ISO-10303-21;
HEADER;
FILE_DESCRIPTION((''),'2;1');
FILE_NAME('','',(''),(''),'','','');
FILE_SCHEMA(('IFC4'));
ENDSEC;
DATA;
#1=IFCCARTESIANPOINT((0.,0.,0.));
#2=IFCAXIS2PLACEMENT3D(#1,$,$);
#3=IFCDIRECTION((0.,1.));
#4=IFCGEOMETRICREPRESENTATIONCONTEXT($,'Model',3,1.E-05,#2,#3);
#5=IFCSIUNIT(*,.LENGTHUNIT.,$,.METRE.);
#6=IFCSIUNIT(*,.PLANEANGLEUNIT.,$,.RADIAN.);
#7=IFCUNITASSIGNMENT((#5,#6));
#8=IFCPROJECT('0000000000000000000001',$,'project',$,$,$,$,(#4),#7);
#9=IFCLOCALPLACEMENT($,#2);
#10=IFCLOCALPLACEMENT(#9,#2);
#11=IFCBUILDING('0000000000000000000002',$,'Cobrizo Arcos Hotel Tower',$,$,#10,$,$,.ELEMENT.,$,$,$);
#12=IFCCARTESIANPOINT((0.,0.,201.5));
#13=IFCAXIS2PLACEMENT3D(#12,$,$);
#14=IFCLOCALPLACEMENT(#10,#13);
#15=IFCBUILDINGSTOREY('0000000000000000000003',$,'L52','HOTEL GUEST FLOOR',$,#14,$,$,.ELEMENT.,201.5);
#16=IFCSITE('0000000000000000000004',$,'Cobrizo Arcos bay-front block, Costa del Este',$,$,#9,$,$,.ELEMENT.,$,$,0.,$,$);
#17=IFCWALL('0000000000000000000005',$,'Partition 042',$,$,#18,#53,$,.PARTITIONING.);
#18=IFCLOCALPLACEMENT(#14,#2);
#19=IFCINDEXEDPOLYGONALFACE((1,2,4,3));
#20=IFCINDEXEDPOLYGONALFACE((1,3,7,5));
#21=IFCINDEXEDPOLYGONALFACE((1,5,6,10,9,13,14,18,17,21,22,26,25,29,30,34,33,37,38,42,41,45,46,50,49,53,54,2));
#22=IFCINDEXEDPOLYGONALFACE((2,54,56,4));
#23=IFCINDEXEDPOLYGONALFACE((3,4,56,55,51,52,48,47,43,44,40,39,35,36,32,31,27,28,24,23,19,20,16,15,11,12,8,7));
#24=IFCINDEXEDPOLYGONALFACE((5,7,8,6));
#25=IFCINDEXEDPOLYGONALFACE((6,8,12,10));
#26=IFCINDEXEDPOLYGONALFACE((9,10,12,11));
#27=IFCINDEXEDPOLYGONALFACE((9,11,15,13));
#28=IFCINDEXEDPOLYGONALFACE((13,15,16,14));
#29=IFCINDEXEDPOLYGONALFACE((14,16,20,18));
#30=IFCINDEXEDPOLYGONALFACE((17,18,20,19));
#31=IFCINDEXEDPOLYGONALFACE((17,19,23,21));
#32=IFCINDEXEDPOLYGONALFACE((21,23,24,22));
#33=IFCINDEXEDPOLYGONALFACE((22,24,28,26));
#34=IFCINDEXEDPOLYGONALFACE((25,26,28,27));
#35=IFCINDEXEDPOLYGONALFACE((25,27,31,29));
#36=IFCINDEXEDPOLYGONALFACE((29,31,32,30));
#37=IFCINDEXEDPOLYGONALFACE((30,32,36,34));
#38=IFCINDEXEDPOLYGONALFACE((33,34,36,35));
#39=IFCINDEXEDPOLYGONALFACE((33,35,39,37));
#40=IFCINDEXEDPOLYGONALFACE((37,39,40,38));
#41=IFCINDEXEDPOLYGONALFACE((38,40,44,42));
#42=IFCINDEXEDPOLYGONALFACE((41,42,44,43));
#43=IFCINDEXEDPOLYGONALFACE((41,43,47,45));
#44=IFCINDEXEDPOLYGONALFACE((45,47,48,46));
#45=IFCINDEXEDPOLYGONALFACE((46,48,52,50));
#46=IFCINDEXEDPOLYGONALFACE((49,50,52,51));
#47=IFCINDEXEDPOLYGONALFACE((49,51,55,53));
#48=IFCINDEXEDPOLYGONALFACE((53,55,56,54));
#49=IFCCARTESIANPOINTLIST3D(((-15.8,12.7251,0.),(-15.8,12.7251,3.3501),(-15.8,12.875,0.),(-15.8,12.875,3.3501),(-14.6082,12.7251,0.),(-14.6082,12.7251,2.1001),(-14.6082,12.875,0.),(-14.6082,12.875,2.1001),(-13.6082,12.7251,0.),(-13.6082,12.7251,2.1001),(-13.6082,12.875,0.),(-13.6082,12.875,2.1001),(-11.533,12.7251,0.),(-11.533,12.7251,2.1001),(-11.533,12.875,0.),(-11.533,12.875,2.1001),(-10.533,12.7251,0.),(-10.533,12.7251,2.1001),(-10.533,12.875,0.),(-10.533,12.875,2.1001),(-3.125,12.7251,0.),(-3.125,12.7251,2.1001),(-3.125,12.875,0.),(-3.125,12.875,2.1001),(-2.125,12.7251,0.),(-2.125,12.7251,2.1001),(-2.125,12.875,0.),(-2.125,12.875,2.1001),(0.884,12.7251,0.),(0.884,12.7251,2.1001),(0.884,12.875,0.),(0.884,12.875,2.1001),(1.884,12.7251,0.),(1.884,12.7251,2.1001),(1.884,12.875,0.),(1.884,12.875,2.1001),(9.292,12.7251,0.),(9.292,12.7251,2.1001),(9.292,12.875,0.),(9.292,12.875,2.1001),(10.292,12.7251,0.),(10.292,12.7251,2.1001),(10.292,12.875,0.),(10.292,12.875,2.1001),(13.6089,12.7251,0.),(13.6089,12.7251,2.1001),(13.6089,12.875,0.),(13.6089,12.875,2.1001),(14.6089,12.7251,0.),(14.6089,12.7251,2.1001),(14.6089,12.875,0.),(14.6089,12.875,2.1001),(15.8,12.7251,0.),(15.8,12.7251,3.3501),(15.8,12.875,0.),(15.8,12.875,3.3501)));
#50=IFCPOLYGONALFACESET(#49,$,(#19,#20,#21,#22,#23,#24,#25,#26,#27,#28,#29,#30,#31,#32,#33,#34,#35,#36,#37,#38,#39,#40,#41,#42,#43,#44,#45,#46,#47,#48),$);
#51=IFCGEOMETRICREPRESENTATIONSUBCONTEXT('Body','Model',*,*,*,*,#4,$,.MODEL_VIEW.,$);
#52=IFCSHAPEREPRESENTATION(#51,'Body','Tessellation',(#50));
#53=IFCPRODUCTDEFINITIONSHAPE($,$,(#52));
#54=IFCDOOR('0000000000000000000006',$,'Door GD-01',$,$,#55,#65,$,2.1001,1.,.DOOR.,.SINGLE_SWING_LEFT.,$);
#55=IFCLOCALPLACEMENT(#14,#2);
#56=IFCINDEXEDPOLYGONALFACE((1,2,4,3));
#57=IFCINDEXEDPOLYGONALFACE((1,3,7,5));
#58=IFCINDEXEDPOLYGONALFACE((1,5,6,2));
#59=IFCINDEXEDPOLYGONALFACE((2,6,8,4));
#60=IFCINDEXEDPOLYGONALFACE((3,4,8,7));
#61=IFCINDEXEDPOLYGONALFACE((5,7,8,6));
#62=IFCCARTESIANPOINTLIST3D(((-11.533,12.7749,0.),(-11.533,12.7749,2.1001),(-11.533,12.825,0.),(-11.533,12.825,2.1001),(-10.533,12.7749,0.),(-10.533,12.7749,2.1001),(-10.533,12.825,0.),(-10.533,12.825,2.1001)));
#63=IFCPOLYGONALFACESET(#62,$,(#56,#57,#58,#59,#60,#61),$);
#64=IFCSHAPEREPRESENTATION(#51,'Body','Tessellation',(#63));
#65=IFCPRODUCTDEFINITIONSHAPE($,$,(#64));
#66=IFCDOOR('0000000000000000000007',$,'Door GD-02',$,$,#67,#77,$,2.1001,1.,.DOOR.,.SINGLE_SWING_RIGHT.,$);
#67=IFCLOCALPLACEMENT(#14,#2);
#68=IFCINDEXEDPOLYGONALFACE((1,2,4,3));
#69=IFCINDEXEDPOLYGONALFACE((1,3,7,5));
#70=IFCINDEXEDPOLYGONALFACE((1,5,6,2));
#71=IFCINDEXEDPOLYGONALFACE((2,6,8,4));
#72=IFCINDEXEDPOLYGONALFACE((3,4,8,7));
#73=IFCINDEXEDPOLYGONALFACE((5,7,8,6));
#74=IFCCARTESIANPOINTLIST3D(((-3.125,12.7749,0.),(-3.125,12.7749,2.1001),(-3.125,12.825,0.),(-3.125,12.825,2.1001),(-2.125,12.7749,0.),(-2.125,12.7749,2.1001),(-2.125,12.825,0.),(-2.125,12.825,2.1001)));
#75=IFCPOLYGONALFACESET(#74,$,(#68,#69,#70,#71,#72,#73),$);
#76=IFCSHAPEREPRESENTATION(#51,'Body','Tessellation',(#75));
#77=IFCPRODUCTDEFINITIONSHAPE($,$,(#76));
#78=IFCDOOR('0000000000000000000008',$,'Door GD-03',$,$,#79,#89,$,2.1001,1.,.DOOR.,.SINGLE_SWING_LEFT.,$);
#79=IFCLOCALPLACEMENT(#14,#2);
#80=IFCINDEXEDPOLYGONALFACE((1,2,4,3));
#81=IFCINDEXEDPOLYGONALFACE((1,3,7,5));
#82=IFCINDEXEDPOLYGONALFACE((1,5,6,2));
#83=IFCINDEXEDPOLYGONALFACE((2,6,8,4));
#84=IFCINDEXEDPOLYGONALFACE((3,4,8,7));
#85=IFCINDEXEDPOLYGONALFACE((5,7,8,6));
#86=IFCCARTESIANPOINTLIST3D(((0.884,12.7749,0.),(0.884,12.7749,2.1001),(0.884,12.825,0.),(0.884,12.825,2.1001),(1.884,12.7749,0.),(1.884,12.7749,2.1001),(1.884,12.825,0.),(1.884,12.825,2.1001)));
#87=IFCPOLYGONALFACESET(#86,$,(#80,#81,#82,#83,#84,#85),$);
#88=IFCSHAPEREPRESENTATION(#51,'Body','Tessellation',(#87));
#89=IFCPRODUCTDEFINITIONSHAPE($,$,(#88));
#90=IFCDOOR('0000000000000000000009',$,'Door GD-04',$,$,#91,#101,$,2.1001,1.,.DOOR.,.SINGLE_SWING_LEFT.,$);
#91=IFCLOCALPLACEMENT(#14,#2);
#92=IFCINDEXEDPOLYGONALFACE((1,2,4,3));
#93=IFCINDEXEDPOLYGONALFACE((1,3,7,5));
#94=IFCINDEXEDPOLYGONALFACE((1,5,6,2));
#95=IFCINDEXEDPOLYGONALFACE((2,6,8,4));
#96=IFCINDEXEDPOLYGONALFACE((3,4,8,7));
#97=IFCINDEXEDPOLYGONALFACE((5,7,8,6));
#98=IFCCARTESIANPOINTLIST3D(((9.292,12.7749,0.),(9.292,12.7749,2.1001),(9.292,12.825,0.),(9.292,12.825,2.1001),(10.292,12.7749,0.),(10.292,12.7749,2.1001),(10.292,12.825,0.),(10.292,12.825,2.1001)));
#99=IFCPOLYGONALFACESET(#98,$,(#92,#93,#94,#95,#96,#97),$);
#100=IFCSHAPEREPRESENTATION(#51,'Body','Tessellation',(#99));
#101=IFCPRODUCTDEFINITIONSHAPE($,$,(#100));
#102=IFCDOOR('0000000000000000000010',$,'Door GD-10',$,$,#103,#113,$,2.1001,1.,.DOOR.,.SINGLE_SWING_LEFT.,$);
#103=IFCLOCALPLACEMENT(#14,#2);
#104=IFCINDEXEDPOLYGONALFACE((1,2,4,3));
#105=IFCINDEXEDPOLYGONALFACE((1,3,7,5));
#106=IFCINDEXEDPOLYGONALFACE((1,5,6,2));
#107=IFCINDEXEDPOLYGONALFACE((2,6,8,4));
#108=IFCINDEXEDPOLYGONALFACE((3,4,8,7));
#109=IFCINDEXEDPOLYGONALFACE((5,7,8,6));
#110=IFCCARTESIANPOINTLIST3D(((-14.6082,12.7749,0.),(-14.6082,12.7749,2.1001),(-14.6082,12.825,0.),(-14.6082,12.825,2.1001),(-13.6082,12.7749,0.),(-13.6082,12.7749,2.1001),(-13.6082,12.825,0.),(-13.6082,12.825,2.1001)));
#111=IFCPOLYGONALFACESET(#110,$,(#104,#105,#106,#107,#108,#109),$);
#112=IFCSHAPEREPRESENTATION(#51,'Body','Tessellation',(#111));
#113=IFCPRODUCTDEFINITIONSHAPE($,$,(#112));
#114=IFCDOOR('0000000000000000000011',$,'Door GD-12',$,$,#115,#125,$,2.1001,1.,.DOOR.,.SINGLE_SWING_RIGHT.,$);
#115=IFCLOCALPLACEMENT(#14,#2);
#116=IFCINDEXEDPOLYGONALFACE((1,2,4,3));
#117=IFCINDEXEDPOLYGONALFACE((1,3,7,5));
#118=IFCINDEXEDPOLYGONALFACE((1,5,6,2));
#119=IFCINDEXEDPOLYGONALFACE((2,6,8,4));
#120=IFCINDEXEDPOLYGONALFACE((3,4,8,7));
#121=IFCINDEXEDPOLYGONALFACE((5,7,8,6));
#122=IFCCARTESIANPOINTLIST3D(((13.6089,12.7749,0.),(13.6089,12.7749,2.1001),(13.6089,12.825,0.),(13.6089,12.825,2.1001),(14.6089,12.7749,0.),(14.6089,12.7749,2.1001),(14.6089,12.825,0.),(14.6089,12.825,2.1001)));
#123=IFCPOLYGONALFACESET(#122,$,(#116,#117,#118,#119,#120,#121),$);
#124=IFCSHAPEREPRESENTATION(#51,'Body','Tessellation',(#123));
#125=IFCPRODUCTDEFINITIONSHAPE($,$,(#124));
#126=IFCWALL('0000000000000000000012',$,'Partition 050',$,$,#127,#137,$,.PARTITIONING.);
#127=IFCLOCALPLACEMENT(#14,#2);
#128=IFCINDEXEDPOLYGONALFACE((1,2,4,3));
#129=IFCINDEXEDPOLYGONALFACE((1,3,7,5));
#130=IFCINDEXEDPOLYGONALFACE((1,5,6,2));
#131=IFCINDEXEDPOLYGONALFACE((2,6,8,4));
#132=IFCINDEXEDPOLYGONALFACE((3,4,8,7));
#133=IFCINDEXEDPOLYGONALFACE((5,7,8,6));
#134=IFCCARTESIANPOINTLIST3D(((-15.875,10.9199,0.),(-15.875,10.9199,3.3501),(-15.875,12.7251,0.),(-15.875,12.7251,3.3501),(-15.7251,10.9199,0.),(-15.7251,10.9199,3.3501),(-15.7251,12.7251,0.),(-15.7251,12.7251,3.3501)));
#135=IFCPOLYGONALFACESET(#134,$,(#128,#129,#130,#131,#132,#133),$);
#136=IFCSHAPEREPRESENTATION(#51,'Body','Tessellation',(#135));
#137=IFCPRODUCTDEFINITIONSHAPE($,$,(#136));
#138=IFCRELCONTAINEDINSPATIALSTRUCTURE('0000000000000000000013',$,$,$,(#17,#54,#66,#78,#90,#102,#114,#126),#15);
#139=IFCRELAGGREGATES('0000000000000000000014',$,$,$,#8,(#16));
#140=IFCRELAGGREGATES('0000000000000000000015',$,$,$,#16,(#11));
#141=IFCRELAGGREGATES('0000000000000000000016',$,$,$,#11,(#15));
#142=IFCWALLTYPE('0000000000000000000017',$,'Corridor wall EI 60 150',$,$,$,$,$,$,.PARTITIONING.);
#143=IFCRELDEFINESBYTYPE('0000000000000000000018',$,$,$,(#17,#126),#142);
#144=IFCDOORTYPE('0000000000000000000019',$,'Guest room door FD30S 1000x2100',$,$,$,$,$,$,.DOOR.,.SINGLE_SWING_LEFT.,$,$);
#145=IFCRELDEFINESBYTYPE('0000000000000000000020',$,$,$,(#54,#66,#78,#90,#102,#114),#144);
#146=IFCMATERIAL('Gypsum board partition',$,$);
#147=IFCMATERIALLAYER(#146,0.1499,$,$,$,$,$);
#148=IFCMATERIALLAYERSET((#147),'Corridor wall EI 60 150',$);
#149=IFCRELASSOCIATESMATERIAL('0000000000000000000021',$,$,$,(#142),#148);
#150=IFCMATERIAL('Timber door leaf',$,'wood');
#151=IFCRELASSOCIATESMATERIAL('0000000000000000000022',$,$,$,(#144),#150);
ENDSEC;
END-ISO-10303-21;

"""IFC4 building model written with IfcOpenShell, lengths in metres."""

from ifc_helpers import new_model, si_unit, direction, frame, frame_2d, origin, place, context, subcontext, project, spatial, rectangle, extrude, material, layer, layer_set, type_object, element, fill, save


model = new_model("IFC4")

# Units and contexts
model_context = context("Model", 3, precision=1e-05, world=origin(), true_north=direction((0.0, 1.0)))
body_context = subcontext(model_context, "Body", "Model", "MODEL_VIEW")
ifc_project = project(units=[si_unit("LENGTHUNIT", "METRE"), si_unit("PLANEANGLEUNIT", "RADIAN")], contexts=[model_context])

# Site, building, storey
site_placement = place(None, origin())
site = spatial("IfcSite", under=ifc_project, at=site_placement, Name="Cobrizo Arcos bay-front block, Costa del Este", CompositionType="ELEMENT", RefElevation=0.0)
building_placement = place(site_placement, origin())
building = spatial("IfcBuilding", under=site, at=building_placement, Name="Cobrizo Arcos Hotel Tower", CompositionType="ELEMENT")
storey_placement = place(building_placement, frame((0.0, 0.0, 201.5)))
storey = spatial("IfcBuildingStorey", under=building, at=storey_placement, Name="L52", Description="HOTEL GUEST FLOOR", CompositionType="ELEMENT", Elevation=201.5)

# Wall, openings, doors
ifc_material_1 = material(Name="Gypsum board partition")
ifc_layer_1 = layer(ifc_material_1, 0.1499)
ifc_layer_set_1 = layer_set([ifc_layer_1], Name="Corridor wall EI 60 150")
wall_type_1 = type_object("IfcWallType", Name="Corridor wall EI 60 150", PredefinedType="PARTITIONING", material=ifc_layer_set_1)
wall_1_placement = place(storey_placement, frame((-15.8, 12.8, 0.0), z_axis=(0.0, 0.0, 1.0), x_axis=(1.0, 0.0, 0.0)))
wall_1 = element("IfcWall", 1, at=wall_1_placement, inside=storey, type_object=wall_type_1, Name="Partition 042", PredefinedType="PARTITIONING", context=body_context, shape_type="SweptSolid", body=[
    extrude(rectangle(XDim=31.6001, YDim=0.1499, at=frame_2d((15.8, 0.0))), origin(), (0.0, 0.0, 1.0), 3.3501),
])
opening_1_placement = place(wall_1_placement, frame((4.2671, 0.0, 0.0)))
opening_1 = element("IfcOpeningElement", 2, at=opening_1_placement, cuts=wall_1, PredefinedType="OPENING", context=body_context, shape_type="SweptSolid", body=[
    extrude(rectangle(XDim=1.0, YDim=2.1001, at=frame_2d((0.5, 1.05))), frame((0.0, 0.0869, 0.0), z_axis=(0.0, -1.0, 0.0), x_axis=(1.0, 0.0, 0.0)), (0.0, 0.0, 1.0), 0.1738),
])
opening_2_placement = place(wall_1_placement, frame((12.675, 0.0, 0.0)))
opening_2 = element("IfcOpeningElement", 3, at=opening_2_placement, cuts=wall_1, PredefinedType="OPENING", context=body_context, shape_type="SweptSolid", body=[
    extrude(rectangle(XDim=1.0, YDim=2.1001, at=frame_2d((0.5, 1.05))), frame((0.0, 0.0869, 0.0), z_axis=(0.0, -1.0, 0.0), x_axis=(1.0, 0.0, 0.0)), (0.0, 0.0, 1.0), 0.1738),
])
opening_3_placement = place(wall_1_placement, frame((16.6841, 0.0, 0.0)))
opening_3 = element("IfcOpeningElement", 4, at=opening_3_placement, cuts=wall_1, PredefinedType="OPENING", context=body_context, shape_type="SweptSolid", body=[
    extrude(rectangle(XDim=1.0, YDim=2.1001, at=frame_2d((0.5, 1.05))), frame((0.0, 0.0869, 0.0), z_axis=(0.0, -1.0, 0.0), x_axis=(1.0, 0.0, 0.0)), (0.0, 0.0, 1.0), 0.1738),
])
opening_4_placement = place(wall_1_placement, frame((25.092, 0.0, 0.0)))
opening_4 = element("IfcOpeningElement", 5, at=opening_4_placement, cuts=wall_1, PredefinedType="OPENING", context=body_context, shape_type="SweptSolid", body=[
    extrude(rectangle(XDim=1.0, YDim=2.1001, at=frame_2d((0.5, 1.05))), frame((0.0, 0.0869, 0.0), z_axis=(0.0, -1.0, 0.0), x_axis=(1.0, 0.0, 0.0)), (0.0, 0.0, 1.0), 0.1738),
])
opening_5_placement = place(wall_1_placement, frame((1.1919, 0.0, 0.0)))
opening_5 = element("IfcOpeningElement", 6, at=opening_5_placement, cuts=wall_1, PredefinedType="OPENING", context=body_context, shape_type="SweptSolid", body=[
    extrude(rectangle(XDim=1.0, YDim=2.1001, at=frame_2d((0.5, 1.05))), frame((0.0, 0.0869, 0.0), z_axis=(0.0, -1.0, 0.0), x_axis=(1.0, 0.0, 0.0)), (0.0, 0.0, 1.0), 0.1738),
])
opening_6_placement = place(wall_1_placement, frame((29.4089, 0.0, 0.0)))
opening_6 = element("IfcOpeningElement", 7, at=opening_6_placement, cuts=wall_1, PredefinedType="OPENING", context=body_context, shape_type="SweptSolid", body=[
    extrude(rectangle(XDim=1.0, YDim=2.1001, at=frame_2d((0.5, 1.05))), frame((0.0, 0.0869, 0.0), z_axis=(0.0, -1.0, 0.0), x_axis=(1.0, 0.0, 0.0)), (0.0, 0.0, 1.0), 0.1738),
])
ifc_material_2 = material(Name="Timber door leaf", Category="wood")
door_type_1 = type_object("IfcDoorType", Name="Guest room door FD30S 1000x2100", OperationType="SINGLE_SWING_LEFT", PredefinedType="DOOR", material=ifc_material_2)
door_1_placement = place(opening_1_placement, origin())
door_1 = element("IfcDoor", 8, at=door_1_placement, inside=storey, type_object=door_type_1, Name="Door GD-01", OperationType="SINGLE_SWING_LEFT", OverallHeight=2.1001, OverallWidth=1.0, PredefinedType="DOOR", context=body_context, shape_type="SweptSolid", body=[
    extrude(rectangle(XDim=1.0, YDim=2.1001, at=frame_2d((0.5, 1.05))), frame((0.0, 0.0249, 0.0), z_axis=(0.0, -1.0, 0.0), x_axis=(1.0, 0.0, 0.0)), (0.0, 0.0, 1.0), 0.05),
])
fill(opening_1, door_1)
door_2_placement = place(opening_2_placement, origin())
door_2 = element("IfcDoor", 9, at=door_2_placement, inside=storey, type_object=door_type_1, Name="Door GD-02", OperationType="SINGLE_SWING_RIGHT", OverallHeight=2.1001, OverallWidth=1.0, PredefinedType="DOOR", context=body_context, shape_type="SweptSolid", body=[
    extrude(rectangle(XDim=1.0, YDim=2.1001, at=frame_2d((0.5, 1.05))), frame((0.0, 0.0249, 0.0), z_axis=(0.0, -1.0, 0.0), x_axis=(1.0, 0.0, 0.0)), (0.0, 0.0, 1.0), 0.05),
])
fill(opening_2, door_2)
door_3_placement = place(opening_3_placement, origin())
door_3 = element("IfcDoor", 10, at=door_3_placement, inside=storey, type_object=door_type_1, Name="Door GD-03", OperationType="SINGLE_SWING_LEFT", OverallHeight=2.1001, OverallWidth=1.0, PredefinedType="DOOR", context=body_context, shape_type="SweptSolid", body=[
    extrude(rectangle(XDim=1.0, YDim=2.1001, at=frame_2d((0.5, 1.05))), frame((0.0, 0.0249, 0.0), z_axis=(0.0, -1.0, 0.0), x_axis=(1.0, 0.0, 0.0)), (0.0, 0.0, 1.0), 0.05),
])
fill(opening_3, door_3)
door_4_placement = place(opening_4_placement, origin())
door_4 = element("IfcDoor", 11, at=door_4_placement, inside=storey, type_object=door_type_1, Name="Door GD-04", OperationType="SINGLE_SWING_LEFT", OverallHeight=2.1001, OverallWidth=1.0, PredefinedType="DOOR", context=body_context, shape_type="SweptSolid", body=[
    extrude(rectangle(XDim=1.0, YDim=2.1001, at=frame_2d((0.5, 1.05))), frame((0.0, 0.0249, 0.0), z_axis=(0.0, -1.0, 0.0), x_axis=(1.0, 0.0, 0.0)), (0.0, 0.0, 1.0), 0.05),
])
fill(opening_4, door_4)
door_5_placement = place(opening_5_placement, origin())
door_5 = element("IfcDoor", 12, at=door_5_placement, inside=storey, type_object=door_type_1, Name="Door GD-10", OperationType="SINGLE_SWING_LEFT", OverallHeight=2.1001, OverallWidth=1.0, PredefinedType="DOOR", context=body_context, shape_type="SweptSolid", body=[
    extrude(rectangle(XDim=1.0, YDim=2.1001, at=frame_2d((0.5, 1.05))), frame((0.0, 0.0249, 0.0), z_axis=(0.0, -1.0, 0.0), x_axis=(1.0, 0.0, 0.0)), (0.0, 0.0, 1.0), 0.05),
])
fill(opening_5, door_5)
door_6_placement = place(opening_6_placement, origin())
door_6 = element("IfcDoor", 13, at=door_6_placement, inside=storey, type_object=door_type_1, Name="Door GD-12", OperationType="SINGLE_SWING_RIGHT", OverallHeight=2.1001, OverallWidth=1.0, PredefinedType="DOOR", context=body_context, shape_type="SweptSolid", body=[
    extrude(rectangle(XDim=1.0, YDim=2.1001, at=frame_2d((0.5, 1.05))), frame((0.0, 0.0249, 0.0), z_axis=(0.0, -1.0, 0.0), x_axis=(1.0, 0.0, 0.0)), (0.0, 0.0, 1.0), 0.05),
])
fill(opening_6, door_6)

# Wall
wall_2_placement = place(storey_placement, frame((-15.8, 10.9199, 0.0), z_axis=(0.0, 0.0, 1.0), x_axis=(0.0, 1.0, 0.0)))
element("IfcWall", 14, at=wall_2_placement, inside=storey, type_object=wall_type_1, Name="Partition 050", PredefinedType="PARTITIONING", context=body_context, shape_type="SweptSolid", body=[
    extrude(rectangle(XDim=1.8052, YDim=0.1499, at=frame_2d((0.9026, 0.0))), origin(), (0.0, 0.0, 1.0), 3.3501),
])

save(model, "model.ifc")
